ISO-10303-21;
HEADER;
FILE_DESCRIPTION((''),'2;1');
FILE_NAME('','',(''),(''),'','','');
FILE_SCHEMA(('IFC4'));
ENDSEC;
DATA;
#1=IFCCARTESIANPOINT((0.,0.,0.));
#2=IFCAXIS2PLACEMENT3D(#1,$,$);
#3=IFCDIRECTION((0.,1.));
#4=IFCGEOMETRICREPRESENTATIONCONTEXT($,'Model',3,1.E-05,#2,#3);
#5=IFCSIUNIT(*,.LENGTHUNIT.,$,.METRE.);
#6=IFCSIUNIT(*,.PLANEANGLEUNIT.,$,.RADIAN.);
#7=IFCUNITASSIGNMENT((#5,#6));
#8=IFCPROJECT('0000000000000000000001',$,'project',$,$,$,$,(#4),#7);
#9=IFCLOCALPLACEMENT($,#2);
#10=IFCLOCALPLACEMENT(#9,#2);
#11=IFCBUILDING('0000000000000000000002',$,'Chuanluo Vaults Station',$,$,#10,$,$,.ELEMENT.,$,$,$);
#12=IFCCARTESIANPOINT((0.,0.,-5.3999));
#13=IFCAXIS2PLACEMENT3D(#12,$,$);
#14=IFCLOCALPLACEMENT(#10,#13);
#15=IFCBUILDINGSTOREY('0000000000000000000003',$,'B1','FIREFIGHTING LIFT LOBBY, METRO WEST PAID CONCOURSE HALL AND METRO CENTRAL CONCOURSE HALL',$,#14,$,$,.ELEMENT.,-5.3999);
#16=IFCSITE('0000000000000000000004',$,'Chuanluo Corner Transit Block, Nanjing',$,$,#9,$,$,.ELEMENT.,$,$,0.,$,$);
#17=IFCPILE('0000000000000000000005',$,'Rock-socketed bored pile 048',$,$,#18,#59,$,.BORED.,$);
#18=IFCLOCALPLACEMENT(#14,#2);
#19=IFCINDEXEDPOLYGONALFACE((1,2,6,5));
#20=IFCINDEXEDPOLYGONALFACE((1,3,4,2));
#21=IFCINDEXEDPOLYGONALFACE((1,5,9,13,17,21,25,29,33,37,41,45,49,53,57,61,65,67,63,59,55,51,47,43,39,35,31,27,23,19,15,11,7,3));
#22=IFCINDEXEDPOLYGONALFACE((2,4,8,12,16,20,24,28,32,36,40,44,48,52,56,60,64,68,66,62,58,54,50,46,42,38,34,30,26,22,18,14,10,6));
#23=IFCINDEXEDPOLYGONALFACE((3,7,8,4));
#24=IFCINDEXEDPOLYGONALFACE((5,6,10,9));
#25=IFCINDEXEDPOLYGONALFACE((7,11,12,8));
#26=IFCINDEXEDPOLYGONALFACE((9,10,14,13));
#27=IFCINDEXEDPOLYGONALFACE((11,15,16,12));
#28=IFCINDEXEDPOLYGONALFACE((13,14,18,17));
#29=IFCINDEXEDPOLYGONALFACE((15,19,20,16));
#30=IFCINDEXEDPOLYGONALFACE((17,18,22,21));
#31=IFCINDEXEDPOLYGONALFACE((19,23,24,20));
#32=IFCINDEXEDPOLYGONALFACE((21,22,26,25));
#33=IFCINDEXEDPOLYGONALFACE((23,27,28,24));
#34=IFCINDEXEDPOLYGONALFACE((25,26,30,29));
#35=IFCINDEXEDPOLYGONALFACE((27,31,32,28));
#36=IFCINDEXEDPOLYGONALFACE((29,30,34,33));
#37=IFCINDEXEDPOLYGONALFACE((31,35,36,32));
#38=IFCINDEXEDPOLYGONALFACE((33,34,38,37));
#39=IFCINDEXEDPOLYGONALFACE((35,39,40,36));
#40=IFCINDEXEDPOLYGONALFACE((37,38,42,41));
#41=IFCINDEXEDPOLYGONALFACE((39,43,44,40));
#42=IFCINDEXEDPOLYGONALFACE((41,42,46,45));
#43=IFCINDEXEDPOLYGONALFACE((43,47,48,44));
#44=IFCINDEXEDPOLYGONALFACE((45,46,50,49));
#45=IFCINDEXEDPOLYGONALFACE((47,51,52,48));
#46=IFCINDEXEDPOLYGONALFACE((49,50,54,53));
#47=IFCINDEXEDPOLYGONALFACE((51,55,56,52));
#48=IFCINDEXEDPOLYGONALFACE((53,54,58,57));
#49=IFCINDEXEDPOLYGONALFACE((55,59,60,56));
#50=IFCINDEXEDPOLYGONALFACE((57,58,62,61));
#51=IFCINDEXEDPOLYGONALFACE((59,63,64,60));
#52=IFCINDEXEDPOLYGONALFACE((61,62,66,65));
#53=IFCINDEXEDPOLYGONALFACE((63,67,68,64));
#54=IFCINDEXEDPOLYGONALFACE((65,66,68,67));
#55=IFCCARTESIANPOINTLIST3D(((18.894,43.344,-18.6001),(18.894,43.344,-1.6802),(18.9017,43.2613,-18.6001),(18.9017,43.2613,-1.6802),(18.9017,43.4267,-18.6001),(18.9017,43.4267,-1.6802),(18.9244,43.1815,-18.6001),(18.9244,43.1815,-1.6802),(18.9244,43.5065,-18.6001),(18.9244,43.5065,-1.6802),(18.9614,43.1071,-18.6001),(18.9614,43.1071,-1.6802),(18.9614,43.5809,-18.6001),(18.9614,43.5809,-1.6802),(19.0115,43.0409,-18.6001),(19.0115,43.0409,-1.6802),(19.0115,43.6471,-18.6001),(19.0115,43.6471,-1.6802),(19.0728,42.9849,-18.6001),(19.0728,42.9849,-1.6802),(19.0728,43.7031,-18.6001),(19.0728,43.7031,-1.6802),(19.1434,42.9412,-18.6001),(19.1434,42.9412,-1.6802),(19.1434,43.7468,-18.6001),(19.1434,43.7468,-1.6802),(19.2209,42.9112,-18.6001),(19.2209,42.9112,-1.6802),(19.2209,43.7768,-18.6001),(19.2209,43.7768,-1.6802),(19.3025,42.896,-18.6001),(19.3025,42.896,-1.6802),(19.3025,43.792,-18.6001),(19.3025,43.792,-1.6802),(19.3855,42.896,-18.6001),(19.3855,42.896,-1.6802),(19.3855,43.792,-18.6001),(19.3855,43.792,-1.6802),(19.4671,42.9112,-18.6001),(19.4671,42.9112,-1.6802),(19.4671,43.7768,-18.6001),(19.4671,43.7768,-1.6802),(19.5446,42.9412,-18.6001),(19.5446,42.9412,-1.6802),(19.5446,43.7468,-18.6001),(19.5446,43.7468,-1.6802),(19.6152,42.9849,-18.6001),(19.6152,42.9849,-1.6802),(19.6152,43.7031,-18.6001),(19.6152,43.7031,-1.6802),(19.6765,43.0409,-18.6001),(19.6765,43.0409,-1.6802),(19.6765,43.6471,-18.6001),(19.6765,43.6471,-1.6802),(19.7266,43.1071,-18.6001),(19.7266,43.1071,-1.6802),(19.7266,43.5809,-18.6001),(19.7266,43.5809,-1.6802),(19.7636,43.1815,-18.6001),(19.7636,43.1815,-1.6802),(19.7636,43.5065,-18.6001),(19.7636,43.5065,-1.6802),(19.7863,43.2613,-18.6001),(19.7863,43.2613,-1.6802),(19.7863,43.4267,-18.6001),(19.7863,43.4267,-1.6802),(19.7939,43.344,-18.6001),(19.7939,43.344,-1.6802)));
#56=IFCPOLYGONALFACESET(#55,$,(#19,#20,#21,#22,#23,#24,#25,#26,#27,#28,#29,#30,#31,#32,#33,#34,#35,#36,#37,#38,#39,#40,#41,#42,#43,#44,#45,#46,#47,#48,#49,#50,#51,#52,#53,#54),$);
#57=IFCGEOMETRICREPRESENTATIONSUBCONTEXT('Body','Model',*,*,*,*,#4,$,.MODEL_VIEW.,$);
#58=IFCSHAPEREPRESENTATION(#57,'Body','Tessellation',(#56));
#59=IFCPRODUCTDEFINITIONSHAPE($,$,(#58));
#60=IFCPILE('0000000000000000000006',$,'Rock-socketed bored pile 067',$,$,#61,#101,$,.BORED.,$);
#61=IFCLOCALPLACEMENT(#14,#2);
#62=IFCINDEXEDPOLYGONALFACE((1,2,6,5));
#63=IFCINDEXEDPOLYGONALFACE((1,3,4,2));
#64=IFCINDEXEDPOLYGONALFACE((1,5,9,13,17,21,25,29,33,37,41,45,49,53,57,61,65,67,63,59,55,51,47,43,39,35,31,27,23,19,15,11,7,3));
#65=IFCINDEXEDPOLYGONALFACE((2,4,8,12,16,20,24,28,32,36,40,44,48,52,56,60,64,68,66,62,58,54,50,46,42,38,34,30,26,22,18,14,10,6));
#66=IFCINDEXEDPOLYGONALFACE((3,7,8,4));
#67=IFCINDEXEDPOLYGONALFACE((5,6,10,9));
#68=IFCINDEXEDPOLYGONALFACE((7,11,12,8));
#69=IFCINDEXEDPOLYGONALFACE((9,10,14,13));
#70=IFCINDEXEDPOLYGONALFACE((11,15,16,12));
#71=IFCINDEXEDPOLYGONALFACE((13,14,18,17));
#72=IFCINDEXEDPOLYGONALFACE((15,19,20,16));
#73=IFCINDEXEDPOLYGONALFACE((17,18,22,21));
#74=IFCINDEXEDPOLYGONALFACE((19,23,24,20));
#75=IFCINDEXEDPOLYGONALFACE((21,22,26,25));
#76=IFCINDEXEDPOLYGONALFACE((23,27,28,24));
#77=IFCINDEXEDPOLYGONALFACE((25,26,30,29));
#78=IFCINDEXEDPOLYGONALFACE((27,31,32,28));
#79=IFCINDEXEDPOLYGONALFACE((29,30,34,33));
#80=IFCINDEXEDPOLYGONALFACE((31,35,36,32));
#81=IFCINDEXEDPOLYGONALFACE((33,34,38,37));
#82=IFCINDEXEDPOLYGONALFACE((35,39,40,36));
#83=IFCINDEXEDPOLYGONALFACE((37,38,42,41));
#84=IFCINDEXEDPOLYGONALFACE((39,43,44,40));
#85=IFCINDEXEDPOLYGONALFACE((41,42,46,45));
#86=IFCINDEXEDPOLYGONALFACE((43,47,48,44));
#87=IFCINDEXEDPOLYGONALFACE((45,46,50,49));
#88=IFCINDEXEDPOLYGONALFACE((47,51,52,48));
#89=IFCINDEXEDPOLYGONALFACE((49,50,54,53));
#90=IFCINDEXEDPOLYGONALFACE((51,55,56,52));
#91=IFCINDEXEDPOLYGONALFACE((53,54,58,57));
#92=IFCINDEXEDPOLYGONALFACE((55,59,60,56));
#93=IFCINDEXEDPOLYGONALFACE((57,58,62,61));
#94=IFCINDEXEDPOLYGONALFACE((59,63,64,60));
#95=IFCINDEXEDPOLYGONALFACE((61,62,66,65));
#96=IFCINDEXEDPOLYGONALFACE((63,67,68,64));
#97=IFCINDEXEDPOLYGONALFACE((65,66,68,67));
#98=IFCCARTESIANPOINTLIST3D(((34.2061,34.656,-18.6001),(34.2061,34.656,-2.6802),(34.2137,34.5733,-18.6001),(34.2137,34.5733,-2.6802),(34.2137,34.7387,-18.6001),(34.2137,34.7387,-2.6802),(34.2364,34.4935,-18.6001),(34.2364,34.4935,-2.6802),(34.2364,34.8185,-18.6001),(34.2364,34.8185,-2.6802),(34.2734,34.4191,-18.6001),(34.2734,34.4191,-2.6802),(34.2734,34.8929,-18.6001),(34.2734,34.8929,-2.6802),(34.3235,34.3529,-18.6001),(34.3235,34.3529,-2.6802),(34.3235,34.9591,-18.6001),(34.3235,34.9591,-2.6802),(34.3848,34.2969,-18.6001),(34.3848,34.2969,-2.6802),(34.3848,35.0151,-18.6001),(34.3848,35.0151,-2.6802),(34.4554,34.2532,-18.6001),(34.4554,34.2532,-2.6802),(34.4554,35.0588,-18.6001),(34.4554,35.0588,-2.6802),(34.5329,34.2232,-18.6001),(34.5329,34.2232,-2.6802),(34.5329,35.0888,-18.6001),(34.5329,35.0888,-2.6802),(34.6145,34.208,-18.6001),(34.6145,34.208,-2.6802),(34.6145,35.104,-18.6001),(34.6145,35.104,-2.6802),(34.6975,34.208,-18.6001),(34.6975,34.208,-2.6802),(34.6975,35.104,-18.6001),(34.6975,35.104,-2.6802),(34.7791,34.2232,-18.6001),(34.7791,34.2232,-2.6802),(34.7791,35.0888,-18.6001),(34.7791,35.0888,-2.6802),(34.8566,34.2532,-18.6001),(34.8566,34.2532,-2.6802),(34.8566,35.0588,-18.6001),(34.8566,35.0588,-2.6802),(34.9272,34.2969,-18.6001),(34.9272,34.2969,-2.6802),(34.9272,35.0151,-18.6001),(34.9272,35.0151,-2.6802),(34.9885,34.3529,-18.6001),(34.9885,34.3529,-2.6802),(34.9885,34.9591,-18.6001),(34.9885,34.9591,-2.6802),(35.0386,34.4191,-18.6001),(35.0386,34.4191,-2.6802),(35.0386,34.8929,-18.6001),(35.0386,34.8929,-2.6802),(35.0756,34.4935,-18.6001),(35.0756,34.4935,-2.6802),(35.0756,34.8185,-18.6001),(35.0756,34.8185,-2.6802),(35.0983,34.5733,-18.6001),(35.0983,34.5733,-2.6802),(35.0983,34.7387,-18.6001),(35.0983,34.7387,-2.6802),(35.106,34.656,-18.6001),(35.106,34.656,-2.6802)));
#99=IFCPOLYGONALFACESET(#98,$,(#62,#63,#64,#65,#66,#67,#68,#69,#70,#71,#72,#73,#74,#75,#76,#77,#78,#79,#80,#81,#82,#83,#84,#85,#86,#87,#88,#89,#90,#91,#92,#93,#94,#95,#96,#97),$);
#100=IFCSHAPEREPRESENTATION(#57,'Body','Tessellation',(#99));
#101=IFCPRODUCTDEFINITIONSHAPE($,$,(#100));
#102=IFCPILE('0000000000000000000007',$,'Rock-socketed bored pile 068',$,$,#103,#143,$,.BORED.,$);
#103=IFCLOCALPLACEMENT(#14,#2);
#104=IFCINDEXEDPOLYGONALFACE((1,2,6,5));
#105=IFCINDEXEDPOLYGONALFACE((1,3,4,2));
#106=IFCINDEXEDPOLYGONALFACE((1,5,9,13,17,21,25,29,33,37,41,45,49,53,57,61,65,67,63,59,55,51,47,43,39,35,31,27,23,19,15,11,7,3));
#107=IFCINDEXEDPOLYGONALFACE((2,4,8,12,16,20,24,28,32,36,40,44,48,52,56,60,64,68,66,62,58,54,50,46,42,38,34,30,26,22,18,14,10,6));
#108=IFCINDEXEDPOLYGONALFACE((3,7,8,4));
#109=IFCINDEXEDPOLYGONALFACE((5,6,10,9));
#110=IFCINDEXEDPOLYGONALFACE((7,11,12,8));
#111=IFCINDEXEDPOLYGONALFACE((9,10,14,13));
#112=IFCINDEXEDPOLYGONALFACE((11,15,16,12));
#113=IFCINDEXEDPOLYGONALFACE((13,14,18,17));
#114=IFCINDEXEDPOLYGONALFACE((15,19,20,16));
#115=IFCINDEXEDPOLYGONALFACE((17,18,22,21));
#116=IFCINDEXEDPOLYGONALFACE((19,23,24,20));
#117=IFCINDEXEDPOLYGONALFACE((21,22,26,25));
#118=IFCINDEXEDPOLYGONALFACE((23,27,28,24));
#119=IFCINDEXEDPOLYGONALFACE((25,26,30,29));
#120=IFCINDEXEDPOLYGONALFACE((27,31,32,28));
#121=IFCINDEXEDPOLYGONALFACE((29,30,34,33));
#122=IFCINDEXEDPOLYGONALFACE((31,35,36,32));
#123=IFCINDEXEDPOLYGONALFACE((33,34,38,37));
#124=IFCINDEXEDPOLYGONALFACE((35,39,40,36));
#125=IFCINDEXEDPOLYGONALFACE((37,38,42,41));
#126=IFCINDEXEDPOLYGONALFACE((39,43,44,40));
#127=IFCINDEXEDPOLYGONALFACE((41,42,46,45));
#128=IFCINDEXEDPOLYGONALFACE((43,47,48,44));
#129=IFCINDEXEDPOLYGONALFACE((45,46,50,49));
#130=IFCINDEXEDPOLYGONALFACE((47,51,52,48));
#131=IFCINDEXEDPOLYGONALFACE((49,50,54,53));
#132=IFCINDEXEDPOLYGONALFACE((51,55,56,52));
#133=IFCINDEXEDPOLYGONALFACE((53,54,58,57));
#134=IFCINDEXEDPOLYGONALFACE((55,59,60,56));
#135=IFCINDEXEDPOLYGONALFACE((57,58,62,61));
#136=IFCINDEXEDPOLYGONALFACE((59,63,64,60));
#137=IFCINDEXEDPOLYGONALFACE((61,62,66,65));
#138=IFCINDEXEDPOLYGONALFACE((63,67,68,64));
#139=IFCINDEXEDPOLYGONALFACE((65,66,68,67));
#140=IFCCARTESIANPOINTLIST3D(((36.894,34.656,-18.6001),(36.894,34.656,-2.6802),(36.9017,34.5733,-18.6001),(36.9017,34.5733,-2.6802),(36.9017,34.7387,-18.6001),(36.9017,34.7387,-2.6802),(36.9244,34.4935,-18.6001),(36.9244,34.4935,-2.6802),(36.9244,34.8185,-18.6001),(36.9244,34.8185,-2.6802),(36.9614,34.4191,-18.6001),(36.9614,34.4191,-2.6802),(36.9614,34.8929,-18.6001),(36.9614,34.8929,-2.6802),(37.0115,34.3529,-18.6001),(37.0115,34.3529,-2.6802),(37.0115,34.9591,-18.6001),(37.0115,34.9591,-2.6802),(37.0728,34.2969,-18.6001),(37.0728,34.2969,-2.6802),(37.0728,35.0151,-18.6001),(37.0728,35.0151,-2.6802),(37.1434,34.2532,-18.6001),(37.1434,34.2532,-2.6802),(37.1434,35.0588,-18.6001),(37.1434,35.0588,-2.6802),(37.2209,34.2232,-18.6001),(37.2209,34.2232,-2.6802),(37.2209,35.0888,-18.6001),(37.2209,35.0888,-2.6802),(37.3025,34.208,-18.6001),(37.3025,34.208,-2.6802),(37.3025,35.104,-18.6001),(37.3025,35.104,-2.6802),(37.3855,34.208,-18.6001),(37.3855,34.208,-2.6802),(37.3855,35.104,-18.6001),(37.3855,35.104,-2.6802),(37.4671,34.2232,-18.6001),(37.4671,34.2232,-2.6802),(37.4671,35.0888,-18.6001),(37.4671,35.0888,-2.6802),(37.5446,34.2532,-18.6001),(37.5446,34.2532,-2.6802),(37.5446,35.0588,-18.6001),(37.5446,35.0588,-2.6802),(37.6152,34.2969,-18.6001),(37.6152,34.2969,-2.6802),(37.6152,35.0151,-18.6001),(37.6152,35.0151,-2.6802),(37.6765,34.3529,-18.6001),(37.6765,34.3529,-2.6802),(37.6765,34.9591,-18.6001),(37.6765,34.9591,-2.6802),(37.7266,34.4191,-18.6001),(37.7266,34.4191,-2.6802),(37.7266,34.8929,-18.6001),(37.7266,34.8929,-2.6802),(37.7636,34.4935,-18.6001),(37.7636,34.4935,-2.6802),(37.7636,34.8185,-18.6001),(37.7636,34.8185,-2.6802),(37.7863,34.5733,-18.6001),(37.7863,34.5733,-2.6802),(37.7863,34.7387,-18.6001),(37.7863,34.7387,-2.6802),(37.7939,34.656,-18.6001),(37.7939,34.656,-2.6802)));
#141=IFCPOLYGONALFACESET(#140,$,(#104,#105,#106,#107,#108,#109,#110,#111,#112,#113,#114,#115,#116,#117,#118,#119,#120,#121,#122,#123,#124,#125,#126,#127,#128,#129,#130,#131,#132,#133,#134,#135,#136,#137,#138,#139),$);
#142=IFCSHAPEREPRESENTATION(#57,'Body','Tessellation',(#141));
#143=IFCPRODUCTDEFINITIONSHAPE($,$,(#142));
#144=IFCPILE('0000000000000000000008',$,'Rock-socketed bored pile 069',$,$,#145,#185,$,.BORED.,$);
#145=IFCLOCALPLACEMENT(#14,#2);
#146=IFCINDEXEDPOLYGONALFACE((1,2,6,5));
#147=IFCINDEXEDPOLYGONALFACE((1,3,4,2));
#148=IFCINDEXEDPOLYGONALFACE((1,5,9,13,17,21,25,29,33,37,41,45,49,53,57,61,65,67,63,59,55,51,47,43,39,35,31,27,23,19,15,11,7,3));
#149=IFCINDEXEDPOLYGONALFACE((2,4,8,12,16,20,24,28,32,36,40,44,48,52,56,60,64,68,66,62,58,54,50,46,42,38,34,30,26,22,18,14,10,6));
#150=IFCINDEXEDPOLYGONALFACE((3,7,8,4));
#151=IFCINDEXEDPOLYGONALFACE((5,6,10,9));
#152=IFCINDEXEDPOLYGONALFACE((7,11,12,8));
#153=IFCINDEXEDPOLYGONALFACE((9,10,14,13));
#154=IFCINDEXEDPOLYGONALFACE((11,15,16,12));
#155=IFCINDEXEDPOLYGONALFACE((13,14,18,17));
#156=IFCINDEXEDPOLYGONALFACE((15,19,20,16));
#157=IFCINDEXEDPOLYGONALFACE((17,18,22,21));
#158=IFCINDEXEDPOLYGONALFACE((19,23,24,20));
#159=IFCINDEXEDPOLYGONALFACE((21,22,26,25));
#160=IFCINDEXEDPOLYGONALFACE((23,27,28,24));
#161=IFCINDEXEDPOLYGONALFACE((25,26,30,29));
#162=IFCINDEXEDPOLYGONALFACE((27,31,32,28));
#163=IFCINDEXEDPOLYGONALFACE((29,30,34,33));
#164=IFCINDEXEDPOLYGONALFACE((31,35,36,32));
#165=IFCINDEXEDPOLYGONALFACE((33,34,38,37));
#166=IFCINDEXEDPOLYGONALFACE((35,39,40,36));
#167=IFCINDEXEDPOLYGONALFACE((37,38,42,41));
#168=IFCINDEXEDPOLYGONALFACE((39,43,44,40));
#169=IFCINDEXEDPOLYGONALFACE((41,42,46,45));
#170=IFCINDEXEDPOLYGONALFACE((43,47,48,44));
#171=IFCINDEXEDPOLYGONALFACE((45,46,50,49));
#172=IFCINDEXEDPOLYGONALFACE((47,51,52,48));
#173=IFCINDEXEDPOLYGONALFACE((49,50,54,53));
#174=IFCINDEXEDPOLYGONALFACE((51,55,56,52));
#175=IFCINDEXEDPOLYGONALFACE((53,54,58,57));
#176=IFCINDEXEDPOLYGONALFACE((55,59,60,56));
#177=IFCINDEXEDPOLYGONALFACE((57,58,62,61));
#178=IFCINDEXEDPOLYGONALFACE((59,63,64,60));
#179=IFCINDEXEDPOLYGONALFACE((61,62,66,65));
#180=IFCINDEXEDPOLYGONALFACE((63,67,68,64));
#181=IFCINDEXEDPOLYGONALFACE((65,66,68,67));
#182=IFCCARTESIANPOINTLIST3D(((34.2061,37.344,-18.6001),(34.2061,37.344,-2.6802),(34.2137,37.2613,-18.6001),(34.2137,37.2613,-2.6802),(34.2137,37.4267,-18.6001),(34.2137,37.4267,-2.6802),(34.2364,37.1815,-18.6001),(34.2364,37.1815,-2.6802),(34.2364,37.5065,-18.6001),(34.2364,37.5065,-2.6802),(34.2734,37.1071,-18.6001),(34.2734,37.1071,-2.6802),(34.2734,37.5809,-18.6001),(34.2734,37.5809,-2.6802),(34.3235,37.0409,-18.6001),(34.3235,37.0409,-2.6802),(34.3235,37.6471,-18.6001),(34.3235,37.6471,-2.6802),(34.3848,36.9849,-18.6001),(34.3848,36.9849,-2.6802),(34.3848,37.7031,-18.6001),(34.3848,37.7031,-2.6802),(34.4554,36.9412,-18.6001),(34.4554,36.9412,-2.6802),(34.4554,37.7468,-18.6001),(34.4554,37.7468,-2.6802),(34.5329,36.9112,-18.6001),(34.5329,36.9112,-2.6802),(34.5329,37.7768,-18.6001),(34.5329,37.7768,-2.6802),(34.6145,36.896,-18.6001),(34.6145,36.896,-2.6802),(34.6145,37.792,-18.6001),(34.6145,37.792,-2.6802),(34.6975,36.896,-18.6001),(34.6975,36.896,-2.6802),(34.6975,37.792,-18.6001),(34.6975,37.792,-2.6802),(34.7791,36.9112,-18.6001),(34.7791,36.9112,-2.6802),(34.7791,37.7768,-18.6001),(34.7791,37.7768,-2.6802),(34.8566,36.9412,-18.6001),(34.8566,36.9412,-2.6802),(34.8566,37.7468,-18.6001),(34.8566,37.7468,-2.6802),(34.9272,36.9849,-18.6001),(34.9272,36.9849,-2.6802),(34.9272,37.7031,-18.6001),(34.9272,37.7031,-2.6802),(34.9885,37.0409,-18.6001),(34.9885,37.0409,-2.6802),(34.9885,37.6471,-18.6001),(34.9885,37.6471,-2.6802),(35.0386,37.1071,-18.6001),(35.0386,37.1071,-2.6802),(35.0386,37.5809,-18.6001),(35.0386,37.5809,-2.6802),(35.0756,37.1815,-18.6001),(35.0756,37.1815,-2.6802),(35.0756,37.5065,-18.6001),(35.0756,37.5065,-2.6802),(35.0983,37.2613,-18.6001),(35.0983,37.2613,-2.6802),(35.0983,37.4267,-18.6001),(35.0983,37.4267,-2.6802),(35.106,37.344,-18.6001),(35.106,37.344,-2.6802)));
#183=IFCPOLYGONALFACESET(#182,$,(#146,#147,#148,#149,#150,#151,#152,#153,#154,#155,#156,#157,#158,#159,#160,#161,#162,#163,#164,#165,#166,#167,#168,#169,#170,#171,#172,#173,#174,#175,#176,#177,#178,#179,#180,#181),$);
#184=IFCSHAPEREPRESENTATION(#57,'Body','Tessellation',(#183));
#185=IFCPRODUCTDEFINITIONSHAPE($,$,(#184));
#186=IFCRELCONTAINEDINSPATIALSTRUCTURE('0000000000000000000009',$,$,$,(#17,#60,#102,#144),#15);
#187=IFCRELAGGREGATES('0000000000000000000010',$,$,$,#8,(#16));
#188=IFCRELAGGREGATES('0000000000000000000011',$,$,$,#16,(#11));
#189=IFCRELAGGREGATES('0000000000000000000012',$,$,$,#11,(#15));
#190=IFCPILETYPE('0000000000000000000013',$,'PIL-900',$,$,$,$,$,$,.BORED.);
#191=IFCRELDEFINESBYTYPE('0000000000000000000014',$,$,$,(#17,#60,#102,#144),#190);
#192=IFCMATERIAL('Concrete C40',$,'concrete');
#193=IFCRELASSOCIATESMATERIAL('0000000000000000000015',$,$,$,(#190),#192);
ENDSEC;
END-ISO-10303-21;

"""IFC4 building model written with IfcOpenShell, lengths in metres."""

from ifc_helpers import new_model, si_unit, direction, frame, origin, origin_2d, place, context, subcontext, project, spatial, circle, extrude, material, material_profile, profile_set, type_object, element, save


model = new_model("IFC4")

# Units and contexts
model_context = context("Model", 3, precision=1e-05, world=origin(), true_north=direction((0.0, 1.0)))
body_context = subcontext(model_context, "Body", "Model", "MODEL_VIEW")
ifc_project = project(units=[si_unit("LENGTHUNIT", "METRE"), si_unit("PLANEANGLEUNIT", "RADIAN")], contexts=[model_context])

# Site, building, storey
site_placement = place(None, origin())
site = spatial("IfcSite", under=ifc_project, at=site_placement, Name="Chuanluo Corner Transit Block, Nanjing", CompositionType="ELEMENT", RefElevation=0.0)
building_placement = place(site_placement, origin())
building = spatial("IfcBuilding", under=site, at=building_placement, Name="Chuanluo Vaults Station", CompositionType="ELEMENT")
storey_placement = place(building_placement, frame((0.0, 0.0, -5.3999)))
storey = spatial("IfcBuildingStorey", under=building, at=storey_placement, Name="B1", Description="FIREFIGHTING LIFT LOBBY, METRO WEST PAID CONCOURSE HALL AND METRO CENTRAL CONCOURSE HALL", CompositionType="ELEMENT", Elevation=-5.3999)

# Piles
ifc_material_1 = material(Name="Concrete C40", Category="concrete")
ifc_material_profile_1 = material_profile(ifc_material_1, circle(Radius=0.45, at=origin_2d()))
ifc_profile_set_1 = profile_set([ifc_material_profile_1], Name="Concrete C40")
pile_type_1 = type_object("IfcPileType", Name="PIL-900", PredefinedType="BORED", material=ifc_profile_set_1)
for number, where, z_axis, x_axis, name in (
    (1, (19.344, 43.344, -1.6802), (0.0, 0.0, -1.0), (1.0, 0.0, 0.0), "Rock-socketed bored pile 048"),
):
    element("IfcPile", number, at=place(storey_placement, frame(where, z_axis=z_axis, x_axis=x_axis)), inside=storey, type_object=pile_type_1, Name=name, PredefinedType="BORED", context=body_context, shape_type="SweptSolid", body=[
        extrude(circle(Radius=0.45, at=origin_2d()), origin(), (0.0, 0.0, 1.0), 16.9199),
    ])
for number, where, z_axis, x_axis, name in (
    (2, (34.656, 34.656, -2.6802), (0.0, 0.0, -1.0), (1.0, 0.0, 0.0), "Rock-socketed bored pile 067"),
    (3, (37.344, 34.656, -2.6802), (0.0, 0.0, -1.0), (1.0, 0.0, 0.0), "Rock-socketed bored pile 068"),
    (4, (34.656, 37.344, -2.6802), (0.0, 0.0, -1.0), (1.0, 0.0, 0.0), "Rock-socketed bored pile 069"),
):
    element("IfcPile", number, at=place(storey_placement, frame(where, z_axis=z_axis, x_axis=x_axis)), inside=storey, type_object=pile_type_1, Name=name, PredefinedType="BORED", context=body_context, shape_type="SweptSolid", body=[
        extrude(circle(Radius=0.45, at=origin_2d()), origin(), (0.0, 0.0, 1.0), 15.9199),
    ])

save(model, "model.ifc")
